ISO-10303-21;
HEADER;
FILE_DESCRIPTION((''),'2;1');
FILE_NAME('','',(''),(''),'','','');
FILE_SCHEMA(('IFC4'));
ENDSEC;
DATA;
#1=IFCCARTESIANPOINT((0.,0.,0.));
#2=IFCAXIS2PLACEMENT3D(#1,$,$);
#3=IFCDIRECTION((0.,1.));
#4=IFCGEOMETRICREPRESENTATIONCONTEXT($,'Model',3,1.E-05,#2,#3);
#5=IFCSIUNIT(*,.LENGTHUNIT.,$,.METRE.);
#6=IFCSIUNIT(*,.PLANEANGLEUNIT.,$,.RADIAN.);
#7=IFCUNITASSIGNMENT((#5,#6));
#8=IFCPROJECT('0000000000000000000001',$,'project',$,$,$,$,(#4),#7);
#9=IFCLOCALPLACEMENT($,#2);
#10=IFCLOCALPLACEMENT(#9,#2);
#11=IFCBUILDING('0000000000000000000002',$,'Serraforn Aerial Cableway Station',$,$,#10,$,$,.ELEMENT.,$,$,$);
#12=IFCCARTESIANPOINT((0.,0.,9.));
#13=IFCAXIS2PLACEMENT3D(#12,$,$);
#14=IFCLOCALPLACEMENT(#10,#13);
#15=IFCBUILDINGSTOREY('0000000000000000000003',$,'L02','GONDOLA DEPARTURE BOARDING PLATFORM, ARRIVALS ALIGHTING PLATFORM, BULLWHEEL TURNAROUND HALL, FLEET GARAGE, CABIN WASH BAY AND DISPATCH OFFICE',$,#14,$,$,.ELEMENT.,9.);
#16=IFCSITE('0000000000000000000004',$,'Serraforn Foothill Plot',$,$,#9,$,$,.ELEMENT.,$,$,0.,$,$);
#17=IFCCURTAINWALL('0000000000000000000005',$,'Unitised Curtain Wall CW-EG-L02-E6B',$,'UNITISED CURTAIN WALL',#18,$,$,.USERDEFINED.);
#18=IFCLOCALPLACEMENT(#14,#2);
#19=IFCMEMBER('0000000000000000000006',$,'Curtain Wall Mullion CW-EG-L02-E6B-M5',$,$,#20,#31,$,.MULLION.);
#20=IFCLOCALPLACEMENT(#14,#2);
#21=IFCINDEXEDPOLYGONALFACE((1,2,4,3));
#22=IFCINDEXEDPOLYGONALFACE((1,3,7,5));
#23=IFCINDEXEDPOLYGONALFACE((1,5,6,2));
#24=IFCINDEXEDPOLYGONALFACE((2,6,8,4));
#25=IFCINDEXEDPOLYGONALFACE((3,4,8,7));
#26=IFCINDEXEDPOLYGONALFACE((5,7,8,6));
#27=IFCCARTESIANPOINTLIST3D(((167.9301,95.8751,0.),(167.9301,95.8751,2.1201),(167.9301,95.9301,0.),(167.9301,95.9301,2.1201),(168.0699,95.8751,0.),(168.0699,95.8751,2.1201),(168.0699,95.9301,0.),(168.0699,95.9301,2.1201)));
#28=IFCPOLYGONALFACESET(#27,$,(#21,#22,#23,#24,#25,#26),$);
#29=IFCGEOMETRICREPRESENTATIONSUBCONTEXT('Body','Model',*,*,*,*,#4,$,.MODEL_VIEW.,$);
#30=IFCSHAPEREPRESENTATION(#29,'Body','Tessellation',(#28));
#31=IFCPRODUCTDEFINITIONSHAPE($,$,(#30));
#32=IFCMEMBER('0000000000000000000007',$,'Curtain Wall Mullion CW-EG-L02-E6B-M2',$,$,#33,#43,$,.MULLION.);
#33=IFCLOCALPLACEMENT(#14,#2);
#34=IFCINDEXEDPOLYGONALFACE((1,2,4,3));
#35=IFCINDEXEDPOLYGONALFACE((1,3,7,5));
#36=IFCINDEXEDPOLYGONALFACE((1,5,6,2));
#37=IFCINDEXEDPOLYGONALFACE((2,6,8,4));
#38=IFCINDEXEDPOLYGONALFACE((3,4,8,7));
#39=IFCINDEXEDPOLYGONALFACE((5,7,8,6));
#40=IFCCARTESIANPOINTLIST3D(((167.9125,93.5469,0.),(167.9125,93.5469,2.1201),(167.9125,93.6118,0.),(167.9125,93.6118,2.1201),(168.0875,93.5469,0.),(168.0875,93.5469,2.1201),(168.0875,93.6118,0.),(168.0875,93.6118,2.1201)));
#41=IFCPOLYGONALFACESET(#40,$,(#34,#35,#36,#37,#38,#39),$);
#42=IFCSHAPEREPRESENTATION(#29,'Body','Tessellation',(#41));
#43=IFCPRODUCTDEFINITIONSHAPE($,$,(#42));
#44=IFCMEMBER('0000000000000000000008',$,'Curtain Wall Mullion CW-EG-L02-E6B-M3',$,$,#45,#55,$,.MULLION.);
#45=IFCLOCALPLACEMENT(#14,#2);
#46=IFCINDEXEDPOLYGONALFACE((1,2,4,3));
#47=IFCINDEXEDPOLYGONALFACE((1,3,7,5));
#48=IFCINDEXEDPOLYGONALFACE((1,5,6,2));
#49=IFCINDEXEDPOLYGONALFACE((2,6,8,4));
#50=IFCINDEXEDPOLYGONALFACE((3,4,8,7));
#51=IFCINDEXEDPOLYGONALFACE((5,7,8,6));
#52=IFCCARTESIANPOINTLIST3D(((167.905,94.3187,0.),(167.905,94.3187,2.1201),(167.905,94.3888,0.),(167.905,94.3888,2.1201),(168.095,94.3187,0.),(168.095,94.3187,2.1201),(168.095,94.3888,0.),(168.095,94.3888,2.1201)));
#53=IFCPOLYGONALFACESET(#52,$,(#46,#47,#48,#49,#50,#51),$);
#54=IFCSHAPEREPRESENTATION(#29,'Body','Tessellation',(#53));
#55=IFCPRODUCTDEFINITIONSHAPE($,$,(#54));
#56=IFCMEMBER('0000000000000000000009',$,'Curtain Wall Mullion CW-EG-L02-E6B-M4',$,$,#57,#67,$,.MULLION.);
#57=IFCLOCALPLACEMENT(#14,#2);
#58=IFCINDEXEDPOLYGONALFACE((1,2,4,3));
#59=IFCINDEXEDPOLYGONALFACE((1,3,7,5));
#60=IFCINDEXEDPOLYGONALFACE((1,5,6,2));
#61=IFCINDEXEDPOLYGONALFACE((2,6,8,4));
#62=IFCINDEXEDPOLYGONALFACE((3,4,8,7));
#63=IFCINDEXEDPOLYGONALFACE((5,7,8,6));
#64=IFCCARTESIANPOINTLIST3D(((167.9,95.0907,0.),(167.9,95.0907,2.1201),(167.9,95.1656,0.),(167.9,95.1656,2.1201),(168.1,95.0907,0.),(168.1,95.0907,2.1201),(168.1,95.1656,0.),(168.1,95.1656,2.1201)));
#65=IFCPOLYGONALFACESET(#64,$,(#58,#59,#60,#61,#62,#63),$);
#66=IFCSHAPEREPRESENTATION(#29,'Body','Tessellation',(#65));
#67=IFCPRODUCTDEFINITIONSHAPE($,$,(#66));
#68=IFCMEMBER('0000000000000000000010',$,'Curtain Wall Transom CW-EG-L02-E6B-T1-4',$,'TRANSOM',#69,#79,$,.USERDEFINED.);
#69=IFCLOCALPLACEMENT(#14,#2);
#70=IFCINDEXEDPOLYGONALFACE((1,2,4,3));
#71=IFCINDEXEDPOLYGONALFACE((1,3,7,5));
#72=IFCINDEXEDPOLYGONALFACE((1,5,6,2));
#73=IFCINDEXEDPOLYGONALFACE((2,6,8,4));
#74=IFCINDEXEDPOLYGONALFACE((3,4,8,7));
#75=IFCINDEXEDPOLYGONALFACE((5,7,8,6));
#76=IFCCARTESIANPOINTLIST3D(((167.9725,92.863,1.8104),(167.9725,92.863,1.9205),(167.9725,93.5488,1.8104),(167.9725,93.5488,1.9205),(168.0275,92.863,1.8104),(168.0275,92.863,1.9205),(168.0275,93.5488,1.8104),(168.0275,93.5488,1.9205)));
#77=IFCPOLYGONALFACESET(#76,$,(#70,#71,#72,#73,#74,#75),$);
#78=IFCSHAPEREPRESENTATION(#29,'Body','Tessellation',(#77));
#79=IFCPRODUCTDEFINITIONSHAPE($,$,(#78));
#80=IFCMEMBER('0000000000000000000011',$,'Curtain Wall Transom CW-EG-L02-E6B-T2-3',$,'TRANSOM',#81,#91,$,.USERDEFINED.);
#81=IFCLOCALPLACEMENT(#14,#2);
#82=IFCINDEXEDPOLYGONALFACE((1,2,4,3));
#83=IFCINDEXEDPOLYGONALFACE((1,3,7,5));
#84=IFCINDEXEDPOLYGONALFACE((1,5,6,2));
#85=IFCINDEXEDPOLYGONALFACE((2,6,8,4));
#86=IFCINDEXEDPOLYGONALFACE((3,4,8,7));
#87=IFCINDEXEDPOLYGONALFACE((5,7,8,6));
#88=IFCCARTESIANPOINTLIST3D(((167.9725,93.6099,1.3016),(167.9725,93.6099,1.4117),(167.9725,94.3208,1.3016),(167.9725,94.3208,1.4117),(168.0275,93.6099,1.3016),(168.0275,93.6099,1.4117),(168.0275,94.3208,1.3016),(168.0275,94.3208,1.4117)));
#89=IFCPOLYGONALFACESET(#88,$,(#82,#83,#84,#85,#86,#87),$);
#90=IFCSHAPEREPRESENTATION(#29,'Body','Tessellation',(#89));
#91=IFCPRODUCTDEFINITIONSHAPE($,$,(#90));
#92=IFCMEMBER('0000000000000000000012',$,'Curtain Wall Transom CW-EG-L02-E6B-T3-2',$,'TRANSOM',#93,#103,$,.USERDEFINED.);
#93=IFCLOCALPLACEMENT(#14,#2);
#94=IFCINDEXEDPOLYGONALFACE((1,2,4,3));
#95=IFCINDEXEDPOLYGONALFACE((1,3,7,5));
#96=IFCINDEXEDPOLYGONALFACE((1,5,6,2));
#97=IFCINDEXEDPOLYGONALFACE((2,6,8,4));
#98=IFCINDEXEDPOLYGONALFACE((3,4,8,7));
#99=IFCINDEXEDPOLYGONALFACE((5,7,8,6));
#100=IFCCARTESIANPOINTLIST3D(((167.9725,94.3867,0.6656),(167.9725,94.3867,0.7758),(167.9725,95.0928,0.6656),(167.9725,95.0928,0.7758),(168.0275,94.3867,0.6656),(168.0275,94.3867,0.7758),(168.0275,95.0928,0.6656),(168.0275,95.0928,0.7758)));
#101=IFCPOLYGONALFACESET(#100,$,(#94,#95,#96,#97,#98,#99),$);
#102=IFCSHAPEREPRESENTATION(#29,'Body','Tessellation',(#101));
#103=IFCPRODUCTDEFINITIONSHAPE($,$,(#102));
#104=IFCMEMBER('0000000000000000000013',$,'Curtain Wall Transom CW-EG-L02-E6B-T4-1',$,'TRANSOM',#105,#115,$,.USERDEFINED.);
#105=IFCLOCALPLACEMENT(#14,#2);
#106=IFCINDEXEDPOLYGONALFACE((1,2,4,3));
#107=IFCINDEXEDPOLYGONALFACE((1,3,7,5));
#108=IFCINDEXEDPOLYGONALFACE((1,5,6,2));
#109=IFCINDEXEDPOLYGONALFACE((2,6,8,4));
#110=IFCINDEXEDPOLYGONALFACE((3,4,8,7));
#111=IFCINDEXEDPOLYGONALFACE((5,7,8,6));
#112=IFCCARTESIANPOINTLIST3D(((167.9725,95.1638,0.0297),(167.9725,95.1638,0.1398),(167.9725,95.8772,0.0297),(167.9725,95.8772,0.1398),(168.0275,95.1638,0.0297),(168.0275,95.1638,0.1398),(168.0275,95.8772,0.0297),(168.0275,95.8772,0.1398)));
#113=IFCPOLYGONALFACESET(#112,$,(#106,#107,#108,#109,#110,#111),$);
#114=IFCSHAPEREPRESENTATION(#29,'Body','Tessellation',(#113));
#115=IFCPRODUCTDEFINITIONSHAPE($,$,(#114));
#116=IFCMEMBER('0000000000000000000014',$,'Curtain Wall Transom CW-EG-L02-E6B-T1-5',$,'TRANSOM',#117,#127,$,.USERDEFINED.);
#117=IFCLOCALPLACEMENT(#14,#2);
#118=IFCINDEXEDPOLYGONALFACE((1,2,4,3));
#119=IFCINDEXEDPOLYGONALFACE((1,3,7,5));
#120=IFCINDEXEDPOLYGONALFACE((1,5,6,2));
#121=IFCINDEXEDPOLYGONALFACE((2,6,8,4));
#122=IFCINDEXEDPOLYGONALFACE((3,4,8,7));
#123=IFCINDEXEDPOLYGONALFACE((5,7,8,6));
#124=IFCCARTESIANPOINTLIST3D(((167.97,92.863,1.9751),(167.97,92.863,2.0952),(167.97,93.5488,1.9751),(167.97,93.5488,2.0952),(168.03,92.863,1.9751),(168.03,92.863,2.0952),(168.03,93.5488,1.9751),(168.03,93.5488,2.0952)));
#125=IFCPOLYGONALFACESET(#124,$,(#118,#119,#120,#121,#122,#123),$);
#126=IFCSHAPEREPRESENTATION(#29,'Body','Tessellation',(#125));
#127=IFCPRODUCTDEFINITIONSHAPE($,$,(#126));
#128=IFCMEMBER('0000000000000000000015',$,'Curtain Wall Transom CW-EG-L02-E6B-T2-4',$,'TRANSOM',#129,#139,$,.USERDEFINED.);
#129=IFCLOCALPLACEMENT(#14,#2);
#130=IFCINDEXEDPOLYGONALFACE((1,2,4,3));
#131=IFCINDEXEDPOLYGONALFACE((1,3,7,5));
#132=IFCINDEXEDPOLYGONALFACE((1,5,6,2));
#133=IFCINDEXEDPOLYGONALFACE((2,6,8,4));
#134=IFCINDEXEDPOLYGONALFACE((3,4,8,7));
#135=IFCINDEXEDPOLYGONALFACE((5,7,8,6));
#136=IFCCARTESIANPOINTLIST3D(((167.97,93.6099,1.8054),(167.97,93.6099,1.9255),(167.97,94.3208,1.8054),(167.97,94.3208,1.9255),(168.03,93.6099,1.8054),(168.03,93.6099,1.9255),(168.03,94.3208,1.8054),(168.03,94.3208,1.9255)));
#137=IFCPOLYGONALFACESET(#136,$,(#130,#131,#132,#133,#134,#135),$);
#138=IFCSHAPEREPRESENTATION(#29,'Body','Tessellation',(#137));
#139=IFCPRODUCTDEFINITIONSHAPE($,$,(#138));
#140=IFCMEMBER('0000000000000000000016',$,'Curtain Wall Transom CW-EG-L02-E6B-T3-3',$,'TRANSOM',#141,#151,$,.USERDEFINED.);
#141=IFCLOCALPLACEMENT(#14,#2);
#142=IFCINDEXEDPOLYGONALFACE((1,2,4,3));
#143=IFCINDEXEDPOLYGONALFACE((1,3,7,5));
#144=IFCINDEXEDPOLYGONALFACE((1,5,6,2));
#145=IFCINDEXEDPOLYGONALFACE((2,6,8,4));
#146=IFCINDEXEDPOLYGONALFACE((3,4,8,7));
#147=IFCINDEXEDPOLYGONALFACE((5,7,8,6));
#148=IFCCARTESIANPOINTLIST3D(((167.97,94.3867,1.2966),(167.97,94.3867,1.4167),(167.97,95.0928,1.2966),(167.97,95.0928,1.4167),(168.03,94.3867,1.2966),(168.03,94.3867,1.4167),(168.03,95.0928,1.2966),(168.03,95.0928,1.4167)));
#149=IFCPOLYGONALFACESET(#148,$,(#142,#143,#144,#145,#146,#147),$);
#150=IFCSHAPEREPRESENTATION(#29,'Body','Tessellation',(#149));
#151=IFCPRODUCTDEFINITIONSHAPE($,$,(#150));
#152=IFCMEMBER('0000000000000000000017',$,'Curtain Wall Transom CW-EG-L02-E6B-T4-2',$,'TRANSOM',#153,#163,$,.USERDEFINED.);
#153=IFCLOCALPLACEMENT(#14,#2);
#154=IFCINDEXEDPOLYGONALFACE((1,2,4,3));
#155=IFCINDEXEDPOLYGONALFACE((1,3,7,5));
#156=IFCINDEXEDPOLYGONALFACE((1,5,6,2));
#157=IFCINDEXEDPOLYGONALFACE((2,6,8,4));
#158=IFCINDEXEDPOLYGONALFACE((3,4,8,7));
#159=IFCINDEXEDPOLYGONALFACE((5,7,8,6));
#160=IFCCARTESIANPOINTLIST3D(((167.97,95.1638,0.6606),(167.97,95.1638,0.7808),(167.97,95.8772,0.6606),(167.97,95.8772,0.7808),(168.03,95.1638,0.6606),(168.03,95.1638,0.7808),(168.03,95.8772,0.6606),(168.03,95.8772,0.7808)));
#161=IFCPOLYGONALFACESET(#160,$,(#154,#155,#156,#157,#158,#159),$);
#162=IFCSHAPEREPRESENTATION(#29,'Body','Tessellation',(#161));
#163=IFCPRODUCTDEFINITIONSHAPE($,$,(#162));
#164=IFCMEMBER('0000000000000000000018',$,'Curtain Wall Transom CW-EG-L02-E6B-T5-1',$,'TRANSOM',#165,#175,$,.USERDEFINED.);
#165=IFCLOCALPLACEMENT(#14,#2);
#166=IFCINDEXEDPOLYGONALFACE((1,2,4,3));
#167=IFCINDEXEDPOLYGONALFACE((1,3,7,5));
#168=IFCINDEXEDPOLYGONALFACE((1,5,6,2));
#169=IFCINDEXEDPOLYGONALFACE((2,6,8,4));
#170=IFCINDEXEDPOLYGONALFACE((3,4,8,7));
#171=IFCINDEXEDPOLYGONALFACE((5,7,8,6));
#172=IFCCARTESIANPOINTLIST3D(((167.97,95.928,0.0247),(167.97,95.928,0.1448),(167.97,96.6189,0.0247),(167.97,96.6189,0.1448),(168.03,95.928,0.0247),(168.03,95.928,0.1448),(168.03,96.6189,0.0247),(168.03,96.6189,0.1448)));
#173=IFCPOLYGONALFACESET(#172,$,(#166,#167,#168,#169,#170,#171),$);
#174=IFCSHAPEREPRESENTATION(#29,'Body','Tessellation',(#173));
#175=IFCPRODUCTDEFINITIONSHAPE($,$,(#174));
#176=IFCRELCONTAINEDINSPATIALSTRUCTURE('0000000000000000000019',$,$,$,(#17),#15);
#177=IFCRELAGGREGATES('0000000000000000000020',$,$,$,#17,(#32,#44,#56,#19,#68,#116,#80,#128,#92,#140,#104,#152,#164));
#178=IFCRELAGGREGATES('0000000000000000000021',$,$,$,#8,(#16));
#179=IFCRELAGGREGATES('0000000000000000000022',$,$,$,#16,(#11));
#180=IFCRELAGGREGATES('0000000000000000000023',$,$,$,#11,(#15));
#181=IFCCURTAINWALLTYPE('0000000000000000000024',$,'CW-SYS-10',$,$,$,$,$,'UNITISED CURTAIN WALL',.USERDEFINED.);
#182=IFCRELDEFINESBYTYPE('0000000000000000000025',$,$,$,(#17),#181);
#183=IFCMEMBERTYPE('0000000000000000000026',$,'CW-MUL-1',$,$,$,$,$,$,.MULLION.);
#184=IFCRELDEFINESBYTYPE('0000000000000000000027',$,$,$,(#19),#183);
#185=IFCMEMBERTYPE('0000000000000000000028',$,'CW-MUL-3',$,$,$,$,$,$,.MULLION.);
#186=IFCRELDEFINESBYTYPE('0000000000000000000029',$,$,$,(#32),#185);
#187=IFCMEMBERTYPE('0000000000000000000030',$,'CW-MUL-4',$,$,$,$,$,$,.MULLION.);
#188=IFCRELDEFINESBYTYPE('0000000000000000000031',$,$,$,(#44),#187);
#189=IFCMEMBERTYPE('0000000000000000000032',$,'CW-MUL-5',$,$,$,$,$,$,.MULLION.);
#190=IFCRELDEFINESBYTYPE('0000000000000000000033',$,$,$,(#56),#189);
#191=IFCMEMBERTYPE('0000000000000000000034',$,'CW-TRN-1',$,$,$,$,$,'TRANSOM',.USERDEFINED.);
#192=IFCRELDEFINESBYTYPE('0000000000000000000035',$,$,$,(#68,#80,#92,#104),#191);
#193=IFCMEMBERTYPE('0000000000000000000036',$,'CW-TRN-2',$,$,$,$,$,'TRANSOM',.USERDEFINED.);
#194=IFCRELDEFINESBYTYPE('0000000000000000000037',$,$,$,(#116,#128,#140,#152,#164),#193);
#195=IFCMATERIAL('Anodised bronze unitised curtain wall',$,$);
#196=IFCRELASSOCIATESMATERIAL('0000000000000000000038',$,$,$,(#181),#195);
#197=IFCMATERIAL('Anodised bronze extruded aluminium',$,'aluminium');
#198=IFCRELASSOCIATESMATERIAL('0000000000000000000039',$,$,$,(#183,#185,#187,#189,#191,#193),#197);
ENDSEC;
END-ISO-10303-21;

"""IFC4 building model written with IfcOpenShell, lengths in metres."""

from ifc_helpers import new_model, si_unit, direction, frame, origin, origin_2d, place, context, subcontext, project, spatial, rectangle, extrude, material, material_profile, profile_set, type_object, element, aggregate, save


model = new_model("IFC4")

# Units and contexts
model_context = context("Model", 3, precision=1e-05, world=origin(), true_north=direction((0.0, 1.0)))
body_context = subcontext(model_context, "Body", "Model", "MODEL_VIEW")
ifc_project = project(units=[si_unit("LENGTHUNIT", "METRE"), si_unit("PLANEANGLEUNIT", "RADIAN")], contexts=[model_context])

# Site, building, storey
site_placement = place(None, origin())
site = spatial("IfcSite", under=ifc_project, at=site_placement, Name="Serraforn Foothill Plot", CompositionType="ELEMENT", RefElevation=0.0)
building_placement = place(site_placement, origin())
building = spatial("IfcBuilding", under=site, at=building_placement, Name="Serraforn Aerial Cableway Station", CompositionType="ELEMENT")
storey_placement = place(building_placement, frame((0.0, 0.0, 9.0)))
storey = spatial("IfcBuildingStorey", under=building, at=storey_placement, Name="L02", Description="GONDOLA DEPARTURE BOARDING PLATFORM, ARRIVALS ALIGHTING PLATFORM, BULLWHEEL TURNAROUND HALL, FLEET GARAGE, CABIN WASH BAY AND DISPATCH OFFICE", CompositionType="ELEMENT", Elevation=9.0)

# Curtain wall, members
ifc_material_1 = material(Name="Anodised bronze unitised curtain wall")
curtain_wall_type = type_object("IfcCurtainWallType", Name="CW-SYS-10", ElementType="UNITISED CURTAIN WALL", PredefinedType="USERDEFINED", material=ifc_material_1)
curtain_wall_placement = place(storey_placement, origin())
curtain_wall = element("IfcCurtainWall", 1, at=curtain_wall_placement, inside=storey, type_object=curtain_wall_type, Name="Unitised Curtain Wall CW-EG-L02-E6B", ObjectType="UNITISED CURTAIN WALL", PredefinedType="USERDEFINED")
ifc_material_2 = material(Name="Anodised bronze extruded aluminium", Category="aluminium")
ifc_material_profile_1 = material_profile(ifc_material_2, rectangle(XDim=0.0549, YDim=0.1399, at=origin_2d()), Name="CW MULLION 55x140")
ifc_profile_set_1 = profile_set([ifc_material_profile_1], Name="Anodised bronze extruded aluminium")
member_type_1 = type_object("IfcMemberType", Name="CW-MUL-1", PredefinedType="MULLION", material=ifc_profile_set_1)
member_1_placement = place(storey_placement, frame((168.0, 95.9026, 0.0), z_axis=(0.0, 0.0, 1.0), x_axis=(0.0, 1.0, 0.0)))
member_1 = element("IfcMember", 2, at=member_1_placement, type_object=member_type_1, Name="Curtain Wall Mullion CW-EG-L02-E6B-M5", PredefinedType="MULLION", context=body_context, shape_type="SweptSolid", body=[
    extrude(rectangle(XDim=0.0549, YDim=0.1399, at=origin_2d()), origin(), (0.0, 0.0, 1.0), 2.1201),
])
ifc_material_profile_2 = material_profile(ifc_material_2, rectangle(XDim=0.0649, YDim=0.175, at=origin_2d()), Name="CW MULLION 65x175")
ifc_profile_set_2 = profile_set([ifc_material_profile_2], Name="Anodised bronze extruded aluminium")
member_type_2 = type_object("IfcMemberType", Name="CW-MUL-3", PredefinedType="MULLION", material=ifc_profile_set_2)
member_2_placement = place(storey_placement, frame((168.0, 93.5793, 0.0), z_axis=(0.0, 0.0, 1.0), x_axis=(0.0, 1.0, 0.0)))
member_2 = element("IfcMember", 3, at=member_2_placement, type_object=member_type_2, Name="Curtain Wall Mullion CW-EG-L02-E6B-M2", PredefinedType="MULLION", context=body_context, shape_type="SweptSolid", body=[
    extrude(rectangle(XDim=0.0649, YDim=0.175, at=origin_2d()), origin(), (0.0, 0.0, 1.0), 2.1201),
])
ifc_material_profile_3 = material_profile(ifc_material_2, rectangle(XDim=0.0701, YDim=0.1899, at=origin_2d()), Name="CW MULLION 70x190")
ifc_profile_set_3 = profile_set([ifc_material_profile_3], Name="Anodised bronze extruded aluminium")
member_type_3 = type_object("IfcMemberType", Name="CW-MUL-4", PredefinedType="MULLION", material=ifc_profile_set_3)
member_3_placement = place(storey_placement, frame((168.0, 94.3538, 0.0), z_axis=(0.0, 0.0, 1.0), x_axis=(0.0, 1.0, 0.0)))
member_3 = element("IfcMember", 4, at=member_3_placement, type_object=member_type_3, Name="Curtain Wall Mullion CW-EG-L02-E6B-M3", PredefinedType="MULLION", context=body_context, shape_type="SweptSolid", body=[
    extrude(rectangle(XDim=0.0701, YDim=0.1899, at=origin_2d()), origin(), (0.0, 0.0, 1.0), 2.1201),
])
ifc_material_profile_4 = material_profile(ifc_material_2, rectangle(XDim=0.075, YDim=0.2, at=origin_2d()), Name="CW MULLION 75x200")
ifc_profile_set_4 = profile_set([ifc_material_profile_4], Name="Anodised bronze extruded aluminium")
member_type_4 = type_object("IfcMemberType", Name="CW-MUL-5", PredefinedType="MULLION", material=ifc_profile_set_4)
member_4_placement = place(storey_placement, frame((168.0, 95.1282, 0.0), z_axis=(0.0, 0.0, 1.0), x_axis=(0.0, 1.0, 0.0)))
member_4 = element("IfcMember", 5, at=member_4_placement, type_object=member_type_4, Name="Curtain Wall Mullion CW-EG-L02-E6B-M4", PredefinedType="MULLION", context=body_context, shape_type="SweptSolid", body=[
    extrude(rectangle(XDim=0.075, YDim=0.2, at=origin_2d()), origin(), (0.0, 0.0, 1.0), 2.1201),
])
ifc_material_profile_5 = material_profile(ifc_material_2, rectangle(XDim=0.0549, YDim=0.1101, at=origin_2d()), Name="CW TRANSOM 55x110")
ifc_profile_set_5 = profile_set([ifc_material_profile_5], Name="Anodised bronze extruded aluminium")
member_type_5 = type_object("IfcMemberType", Name="CW-TRN-1", ElementType="TRANSOM", PredefinedType="USERDEFINED", material=ifc_profile_set_5)
member_5_placement = place(storey_placement, frame((168.0, 92.863, 1.8655), z_axis=(0.0, 1.0, 0.0), x_axis=(-1.0, 0.0, 0.0)))
member_5 = element("IfcMember", 6, at=member_5_placement, type_object=member_type_5, Name="Curtain Wall Transom CW-EG-L02-E6B-T1-4", ObjectType="TRANSOM", PredefinedType="USERDEFINED", context=body_context, shape_type="SweptSolid", body=[
    extrude(rectangle(XDim=0.0549, YDim=0.1101, at=origin_2d()), origin(), (0.0, 0.0, 1.0), 0.6858),
])
member_6_placement = place(storey_placement, frame((168.0, 93.6099, 1.3567), z_axis=(0.0, 1.0, 0.0), x_axis=(-1.0, 0.0, 0.0)))
member_6 = element("IfcMember", 7, at=member_6_placement, type_object=member_type_5, Name="Curtain Wall Transom CW-EG-L02-E6B-T2-3", ObjectType="TRANSOM", PredefinedType="USERDEFINED", context=body_context, shape_type="SweptSolid", body=[
    extrude(rectangle(XDim=0.0549, YDim=0.1101, at=origin_2d()), origin(), (0.0, 0.0, 1.0), 0.7109),
])
member_7_placement = place(storey_placement, frame((168.0, 94.3867, 0.7207), z_axis=(0.0, 1.0, 0.0), x_axis=(-1.0, 0.0, 0.0)))
member_7 = element("IfcMember", 8, at=member_7_placement, type_object=member_type_5, Name="Curtain Wall Transom CW-EG-L02-E6B-T3-2", ObjectType="TRANSOM", PredefinedType="USERDEFINED", context=body_context, shape_type="SweptSolid", body=[
    extrude(rectangle(XDim=0.0549, YDim=0.1101, at=origin_2d()), origin(), (0.0, 0.0, 1.0), 0.7061),
])
member_8_placement = place(storey_placement, frame((168.0, 95.1638, 0.0847), z_axis=(0.0, 1.0, 0.0), x_axis=(-1.0, 0.0, 0.0)))
member_8 = element("IfcMember", 9, at=member_8_placement, type_object=member_type_5, Name="Curtain Wall Transom CW-EG-L02-E6B-T4-1", ObjectType="TRANSOM", PredefinedType="USERDEFINED", context=body_context, shape_type="SweptSolid", body=[
    extrude(rectangle(XDim=0.0549, YDim=0.1101, at=origin_2d()), origin(), (0.0, 0.0, 1.0), 0.7134),
])
ifc_material_profile_6 = material_profile(ifc_material_2, rectangle(XDim=0.0601, YDim=0.1201, at=origin_2d()), Name="CW TRANSOM 60x120")
ifc_profile_set_6 = profile_set([ifc_material_profile_6], Name="Anodised bronze extruded aluminium")
member_type_6 = type_object("IfcMemberType", Name="CW-TRN-2", ElementType="TRANSOM", PredefinedType="USERDEFINED", material=ifc_profile_set_6)
member_9_placement = place(storey_placement, frame((168.0, 92.863, 2.0352), z_axis=(0.0, 1.0, 0.0), x_axis=(-1.0, 0.0, 0.0)))
member_9 = element("IfcMember", 10, at=member_9_placement, type_object=member_type_6, Name="Curtain Wall Transom CW-EG-L02-E6B-T1-5", ObjectType="TRANSOM", PredefinedType="USERDEFINED", context=body_context, shape_type="SweptSolid", body=[
    extrude(rectangle(XDim=0.0601, YDim=0.1201, at=origin_2d()), origin(), (0.0, 0.0, 1.0), 0.6858),
])
member_10_placement = place(storey_placement, frame((168.0, 93.6099, 1.8655), z_axis=(0.0, 1.0, 0.0), x_axis=(-1.0, 0.0, 0.0)))
member_10 = element("IfcMember", 11, at=member_10_placement, type_object=member_type_6, Name="Curtain Wall Transom CW-EG-L02-E6B-T2-4", ObjectType="TRANSOM", PredefinedType="USERDEFINED", context=body_context, shape_type="SweptSolid", body=[
    extrude(rectangle(XDim=0.0601, YDim=0.1201, at=origin_2d()), origin(), (0.0, 0.0, 1.0), 0.7109),
])
member_11_placement = place(storey_placement, frame((168.0, 94.3867, 1.3567), z_axis=(0.0, 1.0, 0.0), x_axis=(-1.0, 0.0, 0.0)))
member_11 = element("IfcMember", 12, at=member_11_placement, type_object=member_type_6, Name="Curtain Wall Transom CW-EG-L02-E6B-T3-3", ObjectType="TRANSOM", PredefinedType="USERDEFINED", context=body_context, shape_type="SweptSolid", body=[
    extrude(rectangle(XDim=0.0601, YDim=0.1201, at=origin_2d()), origin(), (0.0, 0.0, 1.0), 0.7061),
])
member_12_placement = place(storey_placement, frame((168.0, 95.1638, 0.7207), z_axis=(0.0, 1.0, 0.0), x_axis=(-1.0, 0.0, 0.0)))
member_12 = element("IfcMember", 13, at=member_12_placement, type_object=member_type_6, Name="Curtain Wall Transom CW-EG-L02-E6B-T4-2", ObjectType="TRANSOM", PredefinedType="USERDEFINED", context=body_context, shape_type="SweptSolid", body=[
    extrude(rectangle(XDim=0.0601, YDim=0.1201, at=origin_2d()), origin(), (0.0, 0.0, 1.0), 0.7134),
])
member_13_placement = place(storey_placement, frame((168.0, 95.928, 0.0847), z_axis=(0.0, 1.0, 0.0), x_axis=(-1.0, 0.0, 0.0)))
member_13 = element("IfcMember", 14, at=member_13_placement, type_object=member_type_6, Name="Curtain Wall Transom CW-EG-L02-E6B-T5-1", ObjectType="TRANSOM", PredefinedType="USERDEFINED", context=body_context, shape_type="SweptSolid", body=[
    extrude(rectangle(XDim=0.0601, YDim=0.1201, at=origin_2d()), origin(), (0.0, 0.0, 1.0), 0.6909),
])
aggregate(curtain_wall, [member_2, member_3, member_4, member_1, member_5, member_9, member_6, member_10, member_7, member_11, member_8, member_12, member_13])

save(model, "model.ifc")
